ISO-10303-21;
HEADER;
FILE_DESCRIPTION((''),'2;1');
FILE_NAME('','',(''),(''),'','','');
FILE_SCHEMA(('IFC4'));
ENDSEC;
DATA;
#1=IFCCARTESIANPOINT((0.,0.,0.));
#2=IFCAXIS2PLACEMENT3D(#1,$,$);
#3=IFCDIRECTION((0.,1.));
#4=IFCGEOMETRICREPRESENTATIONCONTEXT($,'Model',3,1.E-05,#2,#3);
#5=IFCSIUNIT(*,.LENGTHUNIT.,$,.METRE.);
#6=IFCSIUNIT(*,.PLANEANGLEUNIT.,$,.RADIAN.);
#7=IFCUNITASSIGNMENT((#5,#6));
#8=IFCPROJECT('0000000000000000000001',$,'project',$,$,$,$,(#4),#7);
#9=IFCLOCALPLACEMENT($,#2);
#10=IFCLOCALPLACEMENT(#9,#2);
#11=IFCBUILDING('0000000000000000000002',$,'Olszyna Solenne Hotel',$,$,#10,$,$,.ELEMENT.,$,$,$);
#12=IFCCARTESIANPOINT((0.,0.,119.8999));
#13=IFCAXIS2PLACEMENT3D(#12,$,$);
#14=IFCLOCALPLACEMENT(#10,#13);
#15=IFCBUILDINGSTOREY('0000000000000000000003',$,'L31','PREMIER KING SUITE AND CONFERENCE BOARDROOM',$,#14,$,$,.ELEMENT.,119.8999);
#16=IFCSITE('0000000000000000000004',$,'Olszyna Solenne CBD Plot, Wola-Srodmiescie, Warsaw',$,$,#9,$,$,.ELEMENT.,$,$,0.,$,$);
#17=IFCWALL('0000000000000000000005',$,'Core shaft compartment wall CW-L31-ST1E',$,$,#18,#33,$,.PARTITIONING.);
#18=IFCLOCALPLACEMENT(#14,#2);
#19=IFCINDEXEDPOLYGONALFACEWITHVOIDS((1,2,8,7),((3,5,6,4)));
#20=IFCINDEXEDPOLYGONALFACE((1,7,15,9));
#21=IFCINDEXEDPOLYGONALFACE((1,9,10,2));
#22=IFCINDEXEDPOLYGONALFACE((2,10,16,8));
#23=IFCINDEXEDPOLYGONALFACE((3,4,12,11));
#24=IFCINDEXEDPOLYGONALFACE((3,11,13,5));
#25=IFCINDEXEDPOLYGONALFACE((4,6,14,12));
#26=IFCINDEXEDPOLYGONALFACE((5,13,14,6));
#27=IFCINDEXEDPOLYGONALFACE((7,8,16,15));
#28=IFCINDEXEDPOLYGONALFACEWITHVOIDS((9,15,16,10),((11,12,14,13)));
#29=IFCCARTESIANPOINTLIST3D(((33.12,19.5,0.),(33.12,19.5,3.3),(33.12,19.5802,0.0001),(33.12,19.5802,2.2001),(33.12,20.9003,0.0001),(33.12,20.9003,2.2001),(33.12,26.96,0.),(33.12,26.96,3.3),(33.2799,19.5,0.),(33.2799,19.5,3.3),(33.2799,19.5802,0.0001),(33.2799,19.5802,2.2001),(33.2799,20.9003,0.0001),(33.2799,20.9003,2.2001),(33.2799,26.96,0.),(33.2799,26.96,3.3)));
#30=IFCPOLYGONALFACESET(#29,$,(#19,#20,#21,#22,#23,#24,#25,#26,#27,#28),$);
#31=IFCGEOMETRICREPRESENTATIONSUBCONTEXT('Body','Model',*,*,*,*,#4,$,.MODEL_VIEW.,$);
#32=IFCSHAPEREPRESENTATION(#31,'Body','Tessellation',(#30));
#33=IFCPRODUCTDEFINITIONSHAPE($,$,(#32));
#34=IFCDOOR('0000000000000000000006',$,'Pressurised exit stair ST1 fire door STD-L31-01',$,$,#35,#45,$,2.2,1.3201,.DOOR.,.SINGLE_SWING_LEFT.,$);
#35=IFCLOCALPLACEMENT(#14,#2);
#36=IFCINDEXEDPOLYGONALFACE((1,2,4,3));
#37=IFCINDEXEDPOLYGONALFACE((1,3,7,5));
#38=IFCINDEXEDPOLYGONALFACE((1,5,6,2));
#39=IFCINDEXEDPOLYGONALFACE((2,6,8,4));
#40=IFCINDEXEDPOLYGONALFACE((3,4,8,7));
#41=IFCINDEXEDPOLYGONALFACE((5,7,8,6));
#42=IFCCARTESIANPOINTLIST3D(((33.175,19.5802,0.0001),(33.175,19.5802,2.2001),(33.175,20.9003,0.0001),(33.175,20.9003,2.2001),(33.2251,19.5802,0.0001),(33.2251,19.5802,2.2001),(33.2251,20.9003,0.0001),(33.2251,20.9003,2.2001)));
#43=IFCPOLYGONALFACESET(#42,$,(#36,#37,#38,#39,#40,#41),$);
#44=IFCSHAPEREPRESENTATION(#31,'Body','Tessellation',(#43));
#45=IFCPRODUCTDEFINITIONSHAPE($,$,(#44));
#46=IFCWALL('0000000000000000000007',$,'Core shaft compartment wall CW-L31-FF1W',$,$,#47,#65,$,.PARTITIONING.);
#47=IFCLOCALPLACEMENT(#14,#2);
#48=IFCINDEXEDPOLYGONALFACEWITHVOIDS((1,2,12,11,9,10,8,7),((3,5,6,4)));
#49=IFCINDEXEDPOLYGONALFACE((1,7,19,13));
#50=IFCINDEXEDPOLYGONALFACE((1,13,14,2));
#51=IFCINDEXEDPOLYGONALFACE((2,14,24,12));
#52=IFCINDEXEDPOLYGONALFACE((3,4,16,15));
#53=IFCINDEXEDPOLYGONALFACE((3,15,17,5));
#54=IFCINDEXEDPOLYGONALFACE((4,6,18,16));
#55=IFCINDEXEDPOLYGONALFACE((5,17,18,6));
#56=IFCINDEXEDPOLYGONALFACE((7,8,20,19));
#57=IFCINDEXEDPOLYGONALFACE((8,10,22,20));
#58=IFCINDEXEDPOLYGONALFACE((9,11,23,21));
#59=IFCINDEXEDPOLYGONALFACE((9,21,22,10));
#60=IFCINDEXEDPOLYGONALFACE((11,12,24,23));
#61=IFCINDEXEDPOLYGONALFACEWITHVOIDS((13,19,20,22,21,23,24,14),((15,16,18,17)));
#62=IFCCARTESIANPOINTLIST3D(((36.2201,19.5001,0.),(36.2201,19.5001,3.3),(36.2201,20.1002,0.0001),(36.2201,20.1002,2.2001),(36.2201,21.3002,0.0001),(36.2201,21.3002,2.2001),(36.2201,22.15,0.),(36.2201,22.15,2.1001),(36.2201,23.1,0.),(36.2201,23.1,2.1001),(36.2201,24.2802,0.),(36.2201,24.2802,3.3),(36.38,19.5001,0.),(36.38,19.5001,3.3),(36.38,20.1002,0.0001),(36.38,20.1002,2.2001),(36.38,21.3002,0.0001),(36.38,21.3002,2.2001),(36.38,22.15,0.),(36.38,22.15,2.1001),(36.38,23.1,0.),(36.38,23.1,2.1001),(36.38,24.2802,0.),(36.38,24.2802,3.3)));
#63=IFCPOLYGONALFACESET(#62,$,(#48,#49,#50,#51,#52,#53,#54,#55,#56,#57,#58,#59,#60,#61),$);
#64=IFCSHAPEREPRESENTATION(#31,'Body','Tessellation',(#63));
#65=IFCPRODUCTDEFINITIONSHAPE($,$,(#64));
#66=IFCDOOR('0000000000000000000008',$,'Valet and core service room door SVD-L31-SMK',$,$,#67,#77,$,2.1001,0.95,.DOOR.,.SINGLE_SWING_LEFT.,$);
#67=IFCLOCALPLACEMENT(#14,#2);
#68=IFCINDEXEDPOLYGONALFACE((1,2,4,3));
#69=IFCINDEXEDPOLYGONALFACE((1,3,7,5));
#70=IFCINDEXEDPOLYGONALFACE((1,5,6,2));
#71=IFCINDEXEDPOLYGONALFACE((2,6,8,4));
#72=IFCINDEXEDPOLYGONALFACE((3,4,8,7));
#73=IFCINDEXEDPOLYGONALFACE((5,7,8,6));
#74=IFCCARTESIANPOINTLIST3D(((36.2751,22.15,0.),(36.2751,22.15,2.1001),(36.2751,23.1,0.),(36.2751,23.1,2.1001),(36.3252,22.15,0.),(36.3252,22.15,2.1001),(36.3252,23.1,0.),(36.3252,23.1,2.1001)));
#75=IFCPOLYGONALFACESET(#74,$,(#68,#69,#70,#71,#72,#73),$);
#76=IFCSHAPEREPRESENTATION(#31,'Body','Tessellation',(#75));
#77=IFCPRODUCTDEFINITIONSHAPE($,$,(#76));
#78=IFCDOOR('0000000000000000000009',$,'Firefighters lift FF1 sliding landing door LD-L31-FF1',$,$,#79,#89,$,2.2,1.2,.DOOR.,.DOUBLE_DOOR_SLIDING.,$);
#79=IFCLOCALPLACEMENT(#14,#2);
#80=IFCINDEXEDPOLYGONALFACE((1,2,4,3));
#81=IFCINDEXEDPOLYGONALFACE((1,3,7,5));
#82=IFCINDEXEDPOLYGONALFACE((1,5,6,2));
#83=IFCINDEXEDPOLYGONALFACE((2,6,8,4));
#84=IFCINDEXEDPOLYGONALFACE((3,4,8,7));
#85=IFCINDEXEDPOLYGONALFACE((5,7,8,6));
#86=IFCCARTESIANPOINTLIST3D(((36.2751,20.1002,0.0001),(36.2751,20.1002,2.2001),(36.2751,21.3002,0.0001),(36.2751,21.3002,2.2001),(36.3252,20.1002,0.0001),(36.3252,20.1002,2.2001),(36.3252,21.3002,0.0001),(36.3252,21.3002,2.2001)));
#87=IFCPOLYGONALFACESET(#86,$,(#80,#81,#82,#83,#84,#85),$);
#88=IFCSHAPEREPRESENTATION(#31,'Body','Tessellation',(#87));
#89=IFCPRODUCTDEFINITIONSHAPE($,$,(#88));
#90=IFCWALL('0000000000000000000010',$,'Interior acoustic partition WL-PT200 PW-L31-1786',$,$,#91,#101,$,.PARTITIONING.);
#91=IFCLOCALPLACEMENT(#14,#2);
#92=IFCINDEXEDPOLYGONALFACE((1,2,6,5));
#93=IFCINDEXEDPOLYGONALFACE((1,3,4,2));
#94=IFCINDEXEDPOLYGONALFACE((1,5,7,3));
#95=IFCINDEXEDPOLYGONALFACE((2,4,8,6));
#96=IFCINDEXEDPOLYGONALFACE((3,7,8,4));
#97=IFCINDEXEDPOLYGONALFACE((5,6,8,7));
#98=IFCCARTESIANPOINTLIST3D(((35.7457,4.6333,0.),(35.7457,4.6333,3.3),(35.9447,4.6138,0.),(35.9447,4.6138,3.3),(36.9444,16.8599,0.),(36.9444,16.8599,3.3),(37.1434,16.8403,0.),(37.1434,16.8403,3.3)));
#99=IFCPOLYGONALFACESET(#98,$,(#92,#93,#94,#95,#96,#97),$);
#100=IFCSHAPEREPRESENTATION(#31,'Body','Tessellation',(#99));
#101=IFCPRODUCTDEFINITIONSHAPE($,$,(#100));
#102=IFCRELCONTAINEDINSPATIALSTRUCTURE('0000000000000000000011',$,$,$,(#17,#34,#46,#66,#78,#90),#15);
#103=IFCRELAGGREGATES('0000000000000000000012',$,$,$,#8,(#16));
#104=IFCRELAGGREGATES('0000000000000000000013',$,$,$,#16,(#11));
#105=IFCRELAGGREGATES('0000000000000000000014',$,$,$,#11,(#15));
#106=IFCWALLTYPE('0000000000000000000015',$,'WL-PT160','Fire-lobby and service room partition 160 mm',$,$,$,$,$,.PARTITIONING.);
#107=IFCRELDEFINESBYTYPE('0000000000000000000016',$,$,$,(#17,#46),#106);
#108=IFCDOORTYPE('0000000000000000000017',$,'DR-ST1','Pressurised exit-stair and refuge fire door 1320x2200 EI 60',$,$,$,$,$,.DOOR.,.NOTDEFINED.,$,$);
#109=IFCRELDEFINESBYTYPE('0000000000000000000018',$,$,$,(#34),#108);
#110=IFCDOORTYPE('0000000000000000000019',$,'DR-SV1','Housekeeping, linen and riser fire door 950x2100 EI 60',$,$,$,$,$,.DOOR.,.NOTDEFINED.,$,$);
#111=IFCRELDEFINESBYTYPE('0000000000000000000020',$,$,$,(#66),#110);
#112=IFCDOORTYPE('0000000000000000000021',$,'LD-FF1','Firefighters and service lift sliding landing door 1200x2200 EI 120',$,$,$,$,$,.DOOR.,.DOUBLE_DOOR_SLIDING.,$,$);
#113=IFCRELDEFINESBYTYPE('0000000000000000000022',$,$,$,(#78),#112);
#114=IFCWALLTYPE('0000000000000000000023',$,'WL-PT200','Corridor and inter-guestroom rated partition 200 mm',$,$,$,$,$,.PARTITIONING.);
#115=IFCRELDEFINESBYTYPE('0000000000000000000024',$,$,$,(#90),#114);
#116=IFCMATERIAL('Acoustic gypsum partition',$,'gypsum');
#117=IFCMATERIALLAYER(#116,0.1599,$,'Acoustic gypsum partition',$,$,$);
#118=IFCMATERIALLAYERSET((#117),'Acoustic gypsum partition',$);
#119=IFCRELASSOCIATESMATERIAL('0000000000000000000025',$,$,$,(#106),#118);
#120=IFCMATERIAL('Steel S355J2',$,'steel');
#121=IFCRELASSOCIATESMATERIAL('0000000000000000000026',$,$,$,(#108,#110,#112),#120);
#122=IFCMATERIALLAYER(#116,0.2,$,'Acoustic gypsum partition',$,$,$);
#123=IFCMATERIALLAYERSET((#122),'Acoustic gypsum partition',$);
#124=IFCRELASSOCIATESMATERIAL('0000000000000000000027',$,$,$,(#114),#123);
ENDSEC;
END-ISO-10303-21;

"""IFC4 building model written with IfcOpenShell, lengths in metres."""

from ifc_helpers import new_model, si_unit, direction, frame, frame_2d, origin, place, context, subcontext, project, spatial, rectangle, extrude, source, transform, mapped, material, layer, layer_set, type_object, type_shapes, element, fill, save


model = new_model("IFC4")

# Units and contexts
model_context = context("Model", 3, precision=1e-05, world=origin(), true_north=direction((0.0, 1.0)))
body_context = subcontext(model_context, "Body", "Model", "MODEL_VIEW")
ifc_project = project(units=[si_unit("LENGTHUNIT", "METRE"), si_unit("PLANEANGLEUNIT", "RADIAN")], contexts=[model_context])

# Site, building, storey
site_placement = place(None, origin())
site = spatial("IfcSite", under=ifc_project, at=site_placement, Name="Olszyna Solenne CBD Plot, Wola-Srodmiescie, Warsaw", CompositionType="ELEMENT", RefElevation=0.0)
building_placement = place(site_placement, origin())
building = spatial("IfcBuilding", under=site, at=building_placement, Name="Olszyna Solenne Hotel", CompositionType="ELEMENT")
storey_placement = place(building_placement, frame((0.0, 0.0, 119.8999)))
storey = spatial("IfcBuildingStorey", under=building, at=storey_placement, Name="L31", Description="PREMIER KING SUITE AND CONFERENCE BOARDROOM", CompositionType="ELEMENT", Elevation=119.8999)

# Shared definitions
ifc_material_1 = material(Name="Steel S355J2", Category="steel")

# Shared definitions
ifc_material_2 = material(Name="Acoustic gypsum partition", Category="gypsum")

# Wall, opening, door
ifc_layer_1 = layer(ifc_material_2, 0.1599, Name="Acoustic gypsum partition")
ifc_layer_set_1 = layer_set([ifc_layer_1], Name="Acoustic gypsum partition")
wall_type_1 = type_object("IfcWallType", Name="WL-PT160", Description="Fire-lobby and service room partition 160 mm", PredefinedType="PARTITIONING", material=ifc_layer_set_1)
wall_1_placement = place(storey_placement, frame((33.2, 19.5, 0.0), z_axis=(0.0, 0.0, 1.0), x_axis=(0.0, 1.0, 0.0)))
wall_1 = element("IfcWall", 1, at=wall_1_placement, inside=storey, type_object=wall_type_1, Name="Core shaft compartment wall CW-L31-ST1E", PredefinedType="PARTITIONING", context=body_context, shape_type="SweptSolid", body=[
    extrude(rectangle(XDim=7.46, YDim=0.1599, at=frame_2d((3.73, 0.0))), origin(), (0.0, 0.0, 1.0), 3.3),
])
opening_1_placement = place(wall_1_placement, frame((0.0801, 0.0, 0.0)))
opening_1 = element("IfcOpeningElement", 2, at=opening_1_placement, cuts=wall_1, PredefinedType="OPENING", context=body_context, shape_type="SweptSolid", body=[
    extrude(rectangle(XDim=1.3201, YDim=2.2, at=frame_2d((0.6602, 1.1001))), frame((0.0, 0.0898, 0.0), z_axis=(0.0, -1.0, 0.0), x_axis=(1.0, 0.0, 0.0)), (0.0, 0.0, 1.0), 0.1799),
])
door_type_1 = type_object("IfcDoorType", Name="DR-ST1", Description="Pressurised exit-stair and refuge fire door 1320x2200 EI 60", OperationType="NOTDEFINED", PredefinedType="DOOR", material=ifc_material_1)
shared_shape_1 = source(origin(), body_context, "Body", "SweptSolid", [
    extrude(rectangle(XDim=1.3201, YDim=2.2, at=frame_2d((0.6602, 1.1001))), frame((0.0, 0.0249, 0.0), z_axis=(0.0, -1.0, 0.0), x_axis=(1.0, 0.0, 0.0)), (0.0, 0.0, 1.0), 0.05),
])
type_shapes(door_type_1, [shared_shape_1])
door_1_placement = place(opening_1_placement, origin())
door_1 = element("IfcDoor", 3, at=door_1_placement, inside=storey, type_object=door_type_1, Name="Pressurised exit stair ST1 fire door STD-L31-01", OperationType="SINGLE_SWING_LEFT", OverallHeight=2.2, OverallWidth=1.3201, PredefinedType="DOOR", context=body_context, shape_type="MappedRepresentation", body=[
    mapped(shared_shape_1, transform((0.0, 0.0, 0.0), x_axis=(1.0, 0.0, 0.0), y_axis=(0.0, 1.0, 0.0), z_axis=(0.0, 0.0, 1.0), scale=1.0)),
])
fill(opening_1, door_1)

# Wall, openings, doors
wall_2_placement = place(storey_placement, frame((36.3, 19.5, 0.0), z_axis=(0.0, 0.0, 1.0), x_axis=(0.0, 1.0, 0.0)))
wall_2 = element("IfcWall", 4, at=wall_2_placement, inside=storey, type_object=wall_type_1, Name="Core shaft compartment wall CW-L31-FF1W", PredefinedType="PARTITIONING", context=body_context, shape_type="SweptSolid", body=[
    extrude(rectangle(XDim=4.78, YDim=0.1599, at=frame_2d((2.3901, 0.0))), origin(), (0.0, 0.0, 1.0), 3.3),
])
opening_2_placement = place(wall_2_placement, frame((0.6001, 0.0, 0.0)))
opening_2 = element("IfcOpeningElement", 5, at=opening_2_placement, cuts=wall_2, PredefinedType="OPENING", context=body_context, shape_type="SweptSolid", body=[
    extrude(rectangle(XDim=1.2, YDim=2.2, at=frame_2d((0.6001, 1.1001))), frame((0.0, 0.0898, 0.0), z_axis=(0.0, -1.0, 0.0), x_axis=(1.0, 0.0, 0.0)), (0.0, 0.0, 1.0), 0.1799),
])
opening_3_placement = place(wall_2_placement, frame((2.6499, 0.0, 0.0)))
opening_3 = element("IfcOpeningElement", 6, at=opening_3_placement, cuts=wall_2, PredefinedType="OPENING", context=body_context, shape_type="SweptSolid", body=[
    extrude(rectangle(XDim=0.95, YDim=2.1001, at=frame_2d((0.4751, 1.05))), frame((0.0, 0.0898, 0.0), z_axis=(0.0, -1.0, 0.0), x_axis=(1.0, 0.0, 0.0)), (0.0, 0.0, 1.0), 0.1799),
])
door_type_2 = type_object("IfcDoorType", Name="DR-SV1", Description="Housekeeping, linen and riser fire door 950x2100 EI 60", OperationType="NOTDEFINED", PredefinedType="DOOR", material=ifc_material_1)
shared_shape_2 = source(origin(), body_context, "Body", "SweptSolid", [
    extrude(rectangle(XDim=0.95, YDim=2.1001, at=frame_2d((0.4751, 1.05))), frame((0.0, 0.0249, 0.0), z_axis=(0.0, -1.0, 0.0), x_axis=(1.0, 0.0, 0.0)), (0.0, 0.0, 1.0), 0.05),
])
type_shapes(door_type_2, [shared_shape_2])
door_2_placement = place(opening_3_placement, origin())
door_2 = element("IfcDoor", 7, at=door_2_placement, inside=storey, type_object=door_type_2, Name="Valet and core service room door SVD-L31-SMK", OperationType="SINGLE_SWING_LEFT", OverallHeight=2.1001, OverallWidth=0.95, PredefinedType="DOOR", context=body_context, shape_type="MappedRepresentation", body=[
    mapped(shared_shape_2, transform((0.0, 0.0, 0.0), x_axis=(1.0, 0.0, 0.0), y_axis=(0.0, 1.0, 0.0), z_axis=(0.0, 0.0, 1.0), scale=1.0)),
])
fill(opening_3, door_2)
door_type_3 = type_object("IfcDoorType", Name="LD-FF1", Description="Firefighters and service lift sliding landing door 1200x2200 EI 120", OperationType="DOUBLE_DOOR_SLIDING", PredefinedType="DOOR", material=ifc_material_1)
shared_shape_3 = source(origin(), body_context, "Body", "SweptSolid", [
    extrude(rectangle(XDim=1.2, YDim=2.2, at=frame_2d((0.6001, 1.1001))), frame((0.0, 0.0249, 0.0), z_axis=(0.0, -1.0, 0.0), x_axis=(1.0, 0.0, 0.0)), (0.0, 0.0, 1.0), 0.05),
])
type_shapes(door_type_3, [shared_shape_3])
door_3_placement = place(opening_2_placement, origin())
door_3 = element("IfcDoor", 8, at=door_3_placement, inside=storey, type_object=door_type_3, Name="Firefighters lift FF1 sliding landing door LD-L31-FF1", OperationType="DOUBLE_DOOR_SLIDING", OverallHeight=2.2, OverallWidth=1.2, PredefinedType="DOOR", context=body_context, shape_type="MappedRepresentation", body=[
    mapped(shared_shape_3, transform((0.0, 0.0, 0.0), x_axis=(1.0, 0.0, 0.0), y_axis=(0.0, 1.0, 0.0), z_axis=(0.0, 0.0, 1.0), scale=1.0)),
])
fill(opening_2, door_3)

# Wall
ifc_layer_2 = layer(ifc_material_2, 0.2, Name="Acoustic gypsum partition")
ifc_layer_set_2 = layer_set([ifc_layer_2], Name="Acoustic gypsum partition")
wall_type_2 = type_object("IfcWallType", Name="WL-PT200", Description="Corridor and inter-guestroom rated partition 200 mm", PredefinedType="PARTITIONING", material=ifc_layer_set_2)
wall_3_placement = place(storey_placement, frame((37.0439, 16.8501, 0.0), z_axis=(0.0, 0.0, 1.0), x_axis=(-0.097575, -0.995228, 0.0)))
element("IfcWall", 9, at=wall_3_placement, inside=storey, type_object=wall_type_2, Name="Interior acoustic partition WL-PT200 PW-L31-1786", PredefinedType="PARTITIONING", context=body_context, shape_type="SweptSolid", body=[
    extrude(rectangle(XDim=12.2852, YDim=0.2, at=frame_2d((6.1426, 0.0))), origin(), (0.0, 0.0, 1.0), 3.3),
])

save(model, "model.ifc")
